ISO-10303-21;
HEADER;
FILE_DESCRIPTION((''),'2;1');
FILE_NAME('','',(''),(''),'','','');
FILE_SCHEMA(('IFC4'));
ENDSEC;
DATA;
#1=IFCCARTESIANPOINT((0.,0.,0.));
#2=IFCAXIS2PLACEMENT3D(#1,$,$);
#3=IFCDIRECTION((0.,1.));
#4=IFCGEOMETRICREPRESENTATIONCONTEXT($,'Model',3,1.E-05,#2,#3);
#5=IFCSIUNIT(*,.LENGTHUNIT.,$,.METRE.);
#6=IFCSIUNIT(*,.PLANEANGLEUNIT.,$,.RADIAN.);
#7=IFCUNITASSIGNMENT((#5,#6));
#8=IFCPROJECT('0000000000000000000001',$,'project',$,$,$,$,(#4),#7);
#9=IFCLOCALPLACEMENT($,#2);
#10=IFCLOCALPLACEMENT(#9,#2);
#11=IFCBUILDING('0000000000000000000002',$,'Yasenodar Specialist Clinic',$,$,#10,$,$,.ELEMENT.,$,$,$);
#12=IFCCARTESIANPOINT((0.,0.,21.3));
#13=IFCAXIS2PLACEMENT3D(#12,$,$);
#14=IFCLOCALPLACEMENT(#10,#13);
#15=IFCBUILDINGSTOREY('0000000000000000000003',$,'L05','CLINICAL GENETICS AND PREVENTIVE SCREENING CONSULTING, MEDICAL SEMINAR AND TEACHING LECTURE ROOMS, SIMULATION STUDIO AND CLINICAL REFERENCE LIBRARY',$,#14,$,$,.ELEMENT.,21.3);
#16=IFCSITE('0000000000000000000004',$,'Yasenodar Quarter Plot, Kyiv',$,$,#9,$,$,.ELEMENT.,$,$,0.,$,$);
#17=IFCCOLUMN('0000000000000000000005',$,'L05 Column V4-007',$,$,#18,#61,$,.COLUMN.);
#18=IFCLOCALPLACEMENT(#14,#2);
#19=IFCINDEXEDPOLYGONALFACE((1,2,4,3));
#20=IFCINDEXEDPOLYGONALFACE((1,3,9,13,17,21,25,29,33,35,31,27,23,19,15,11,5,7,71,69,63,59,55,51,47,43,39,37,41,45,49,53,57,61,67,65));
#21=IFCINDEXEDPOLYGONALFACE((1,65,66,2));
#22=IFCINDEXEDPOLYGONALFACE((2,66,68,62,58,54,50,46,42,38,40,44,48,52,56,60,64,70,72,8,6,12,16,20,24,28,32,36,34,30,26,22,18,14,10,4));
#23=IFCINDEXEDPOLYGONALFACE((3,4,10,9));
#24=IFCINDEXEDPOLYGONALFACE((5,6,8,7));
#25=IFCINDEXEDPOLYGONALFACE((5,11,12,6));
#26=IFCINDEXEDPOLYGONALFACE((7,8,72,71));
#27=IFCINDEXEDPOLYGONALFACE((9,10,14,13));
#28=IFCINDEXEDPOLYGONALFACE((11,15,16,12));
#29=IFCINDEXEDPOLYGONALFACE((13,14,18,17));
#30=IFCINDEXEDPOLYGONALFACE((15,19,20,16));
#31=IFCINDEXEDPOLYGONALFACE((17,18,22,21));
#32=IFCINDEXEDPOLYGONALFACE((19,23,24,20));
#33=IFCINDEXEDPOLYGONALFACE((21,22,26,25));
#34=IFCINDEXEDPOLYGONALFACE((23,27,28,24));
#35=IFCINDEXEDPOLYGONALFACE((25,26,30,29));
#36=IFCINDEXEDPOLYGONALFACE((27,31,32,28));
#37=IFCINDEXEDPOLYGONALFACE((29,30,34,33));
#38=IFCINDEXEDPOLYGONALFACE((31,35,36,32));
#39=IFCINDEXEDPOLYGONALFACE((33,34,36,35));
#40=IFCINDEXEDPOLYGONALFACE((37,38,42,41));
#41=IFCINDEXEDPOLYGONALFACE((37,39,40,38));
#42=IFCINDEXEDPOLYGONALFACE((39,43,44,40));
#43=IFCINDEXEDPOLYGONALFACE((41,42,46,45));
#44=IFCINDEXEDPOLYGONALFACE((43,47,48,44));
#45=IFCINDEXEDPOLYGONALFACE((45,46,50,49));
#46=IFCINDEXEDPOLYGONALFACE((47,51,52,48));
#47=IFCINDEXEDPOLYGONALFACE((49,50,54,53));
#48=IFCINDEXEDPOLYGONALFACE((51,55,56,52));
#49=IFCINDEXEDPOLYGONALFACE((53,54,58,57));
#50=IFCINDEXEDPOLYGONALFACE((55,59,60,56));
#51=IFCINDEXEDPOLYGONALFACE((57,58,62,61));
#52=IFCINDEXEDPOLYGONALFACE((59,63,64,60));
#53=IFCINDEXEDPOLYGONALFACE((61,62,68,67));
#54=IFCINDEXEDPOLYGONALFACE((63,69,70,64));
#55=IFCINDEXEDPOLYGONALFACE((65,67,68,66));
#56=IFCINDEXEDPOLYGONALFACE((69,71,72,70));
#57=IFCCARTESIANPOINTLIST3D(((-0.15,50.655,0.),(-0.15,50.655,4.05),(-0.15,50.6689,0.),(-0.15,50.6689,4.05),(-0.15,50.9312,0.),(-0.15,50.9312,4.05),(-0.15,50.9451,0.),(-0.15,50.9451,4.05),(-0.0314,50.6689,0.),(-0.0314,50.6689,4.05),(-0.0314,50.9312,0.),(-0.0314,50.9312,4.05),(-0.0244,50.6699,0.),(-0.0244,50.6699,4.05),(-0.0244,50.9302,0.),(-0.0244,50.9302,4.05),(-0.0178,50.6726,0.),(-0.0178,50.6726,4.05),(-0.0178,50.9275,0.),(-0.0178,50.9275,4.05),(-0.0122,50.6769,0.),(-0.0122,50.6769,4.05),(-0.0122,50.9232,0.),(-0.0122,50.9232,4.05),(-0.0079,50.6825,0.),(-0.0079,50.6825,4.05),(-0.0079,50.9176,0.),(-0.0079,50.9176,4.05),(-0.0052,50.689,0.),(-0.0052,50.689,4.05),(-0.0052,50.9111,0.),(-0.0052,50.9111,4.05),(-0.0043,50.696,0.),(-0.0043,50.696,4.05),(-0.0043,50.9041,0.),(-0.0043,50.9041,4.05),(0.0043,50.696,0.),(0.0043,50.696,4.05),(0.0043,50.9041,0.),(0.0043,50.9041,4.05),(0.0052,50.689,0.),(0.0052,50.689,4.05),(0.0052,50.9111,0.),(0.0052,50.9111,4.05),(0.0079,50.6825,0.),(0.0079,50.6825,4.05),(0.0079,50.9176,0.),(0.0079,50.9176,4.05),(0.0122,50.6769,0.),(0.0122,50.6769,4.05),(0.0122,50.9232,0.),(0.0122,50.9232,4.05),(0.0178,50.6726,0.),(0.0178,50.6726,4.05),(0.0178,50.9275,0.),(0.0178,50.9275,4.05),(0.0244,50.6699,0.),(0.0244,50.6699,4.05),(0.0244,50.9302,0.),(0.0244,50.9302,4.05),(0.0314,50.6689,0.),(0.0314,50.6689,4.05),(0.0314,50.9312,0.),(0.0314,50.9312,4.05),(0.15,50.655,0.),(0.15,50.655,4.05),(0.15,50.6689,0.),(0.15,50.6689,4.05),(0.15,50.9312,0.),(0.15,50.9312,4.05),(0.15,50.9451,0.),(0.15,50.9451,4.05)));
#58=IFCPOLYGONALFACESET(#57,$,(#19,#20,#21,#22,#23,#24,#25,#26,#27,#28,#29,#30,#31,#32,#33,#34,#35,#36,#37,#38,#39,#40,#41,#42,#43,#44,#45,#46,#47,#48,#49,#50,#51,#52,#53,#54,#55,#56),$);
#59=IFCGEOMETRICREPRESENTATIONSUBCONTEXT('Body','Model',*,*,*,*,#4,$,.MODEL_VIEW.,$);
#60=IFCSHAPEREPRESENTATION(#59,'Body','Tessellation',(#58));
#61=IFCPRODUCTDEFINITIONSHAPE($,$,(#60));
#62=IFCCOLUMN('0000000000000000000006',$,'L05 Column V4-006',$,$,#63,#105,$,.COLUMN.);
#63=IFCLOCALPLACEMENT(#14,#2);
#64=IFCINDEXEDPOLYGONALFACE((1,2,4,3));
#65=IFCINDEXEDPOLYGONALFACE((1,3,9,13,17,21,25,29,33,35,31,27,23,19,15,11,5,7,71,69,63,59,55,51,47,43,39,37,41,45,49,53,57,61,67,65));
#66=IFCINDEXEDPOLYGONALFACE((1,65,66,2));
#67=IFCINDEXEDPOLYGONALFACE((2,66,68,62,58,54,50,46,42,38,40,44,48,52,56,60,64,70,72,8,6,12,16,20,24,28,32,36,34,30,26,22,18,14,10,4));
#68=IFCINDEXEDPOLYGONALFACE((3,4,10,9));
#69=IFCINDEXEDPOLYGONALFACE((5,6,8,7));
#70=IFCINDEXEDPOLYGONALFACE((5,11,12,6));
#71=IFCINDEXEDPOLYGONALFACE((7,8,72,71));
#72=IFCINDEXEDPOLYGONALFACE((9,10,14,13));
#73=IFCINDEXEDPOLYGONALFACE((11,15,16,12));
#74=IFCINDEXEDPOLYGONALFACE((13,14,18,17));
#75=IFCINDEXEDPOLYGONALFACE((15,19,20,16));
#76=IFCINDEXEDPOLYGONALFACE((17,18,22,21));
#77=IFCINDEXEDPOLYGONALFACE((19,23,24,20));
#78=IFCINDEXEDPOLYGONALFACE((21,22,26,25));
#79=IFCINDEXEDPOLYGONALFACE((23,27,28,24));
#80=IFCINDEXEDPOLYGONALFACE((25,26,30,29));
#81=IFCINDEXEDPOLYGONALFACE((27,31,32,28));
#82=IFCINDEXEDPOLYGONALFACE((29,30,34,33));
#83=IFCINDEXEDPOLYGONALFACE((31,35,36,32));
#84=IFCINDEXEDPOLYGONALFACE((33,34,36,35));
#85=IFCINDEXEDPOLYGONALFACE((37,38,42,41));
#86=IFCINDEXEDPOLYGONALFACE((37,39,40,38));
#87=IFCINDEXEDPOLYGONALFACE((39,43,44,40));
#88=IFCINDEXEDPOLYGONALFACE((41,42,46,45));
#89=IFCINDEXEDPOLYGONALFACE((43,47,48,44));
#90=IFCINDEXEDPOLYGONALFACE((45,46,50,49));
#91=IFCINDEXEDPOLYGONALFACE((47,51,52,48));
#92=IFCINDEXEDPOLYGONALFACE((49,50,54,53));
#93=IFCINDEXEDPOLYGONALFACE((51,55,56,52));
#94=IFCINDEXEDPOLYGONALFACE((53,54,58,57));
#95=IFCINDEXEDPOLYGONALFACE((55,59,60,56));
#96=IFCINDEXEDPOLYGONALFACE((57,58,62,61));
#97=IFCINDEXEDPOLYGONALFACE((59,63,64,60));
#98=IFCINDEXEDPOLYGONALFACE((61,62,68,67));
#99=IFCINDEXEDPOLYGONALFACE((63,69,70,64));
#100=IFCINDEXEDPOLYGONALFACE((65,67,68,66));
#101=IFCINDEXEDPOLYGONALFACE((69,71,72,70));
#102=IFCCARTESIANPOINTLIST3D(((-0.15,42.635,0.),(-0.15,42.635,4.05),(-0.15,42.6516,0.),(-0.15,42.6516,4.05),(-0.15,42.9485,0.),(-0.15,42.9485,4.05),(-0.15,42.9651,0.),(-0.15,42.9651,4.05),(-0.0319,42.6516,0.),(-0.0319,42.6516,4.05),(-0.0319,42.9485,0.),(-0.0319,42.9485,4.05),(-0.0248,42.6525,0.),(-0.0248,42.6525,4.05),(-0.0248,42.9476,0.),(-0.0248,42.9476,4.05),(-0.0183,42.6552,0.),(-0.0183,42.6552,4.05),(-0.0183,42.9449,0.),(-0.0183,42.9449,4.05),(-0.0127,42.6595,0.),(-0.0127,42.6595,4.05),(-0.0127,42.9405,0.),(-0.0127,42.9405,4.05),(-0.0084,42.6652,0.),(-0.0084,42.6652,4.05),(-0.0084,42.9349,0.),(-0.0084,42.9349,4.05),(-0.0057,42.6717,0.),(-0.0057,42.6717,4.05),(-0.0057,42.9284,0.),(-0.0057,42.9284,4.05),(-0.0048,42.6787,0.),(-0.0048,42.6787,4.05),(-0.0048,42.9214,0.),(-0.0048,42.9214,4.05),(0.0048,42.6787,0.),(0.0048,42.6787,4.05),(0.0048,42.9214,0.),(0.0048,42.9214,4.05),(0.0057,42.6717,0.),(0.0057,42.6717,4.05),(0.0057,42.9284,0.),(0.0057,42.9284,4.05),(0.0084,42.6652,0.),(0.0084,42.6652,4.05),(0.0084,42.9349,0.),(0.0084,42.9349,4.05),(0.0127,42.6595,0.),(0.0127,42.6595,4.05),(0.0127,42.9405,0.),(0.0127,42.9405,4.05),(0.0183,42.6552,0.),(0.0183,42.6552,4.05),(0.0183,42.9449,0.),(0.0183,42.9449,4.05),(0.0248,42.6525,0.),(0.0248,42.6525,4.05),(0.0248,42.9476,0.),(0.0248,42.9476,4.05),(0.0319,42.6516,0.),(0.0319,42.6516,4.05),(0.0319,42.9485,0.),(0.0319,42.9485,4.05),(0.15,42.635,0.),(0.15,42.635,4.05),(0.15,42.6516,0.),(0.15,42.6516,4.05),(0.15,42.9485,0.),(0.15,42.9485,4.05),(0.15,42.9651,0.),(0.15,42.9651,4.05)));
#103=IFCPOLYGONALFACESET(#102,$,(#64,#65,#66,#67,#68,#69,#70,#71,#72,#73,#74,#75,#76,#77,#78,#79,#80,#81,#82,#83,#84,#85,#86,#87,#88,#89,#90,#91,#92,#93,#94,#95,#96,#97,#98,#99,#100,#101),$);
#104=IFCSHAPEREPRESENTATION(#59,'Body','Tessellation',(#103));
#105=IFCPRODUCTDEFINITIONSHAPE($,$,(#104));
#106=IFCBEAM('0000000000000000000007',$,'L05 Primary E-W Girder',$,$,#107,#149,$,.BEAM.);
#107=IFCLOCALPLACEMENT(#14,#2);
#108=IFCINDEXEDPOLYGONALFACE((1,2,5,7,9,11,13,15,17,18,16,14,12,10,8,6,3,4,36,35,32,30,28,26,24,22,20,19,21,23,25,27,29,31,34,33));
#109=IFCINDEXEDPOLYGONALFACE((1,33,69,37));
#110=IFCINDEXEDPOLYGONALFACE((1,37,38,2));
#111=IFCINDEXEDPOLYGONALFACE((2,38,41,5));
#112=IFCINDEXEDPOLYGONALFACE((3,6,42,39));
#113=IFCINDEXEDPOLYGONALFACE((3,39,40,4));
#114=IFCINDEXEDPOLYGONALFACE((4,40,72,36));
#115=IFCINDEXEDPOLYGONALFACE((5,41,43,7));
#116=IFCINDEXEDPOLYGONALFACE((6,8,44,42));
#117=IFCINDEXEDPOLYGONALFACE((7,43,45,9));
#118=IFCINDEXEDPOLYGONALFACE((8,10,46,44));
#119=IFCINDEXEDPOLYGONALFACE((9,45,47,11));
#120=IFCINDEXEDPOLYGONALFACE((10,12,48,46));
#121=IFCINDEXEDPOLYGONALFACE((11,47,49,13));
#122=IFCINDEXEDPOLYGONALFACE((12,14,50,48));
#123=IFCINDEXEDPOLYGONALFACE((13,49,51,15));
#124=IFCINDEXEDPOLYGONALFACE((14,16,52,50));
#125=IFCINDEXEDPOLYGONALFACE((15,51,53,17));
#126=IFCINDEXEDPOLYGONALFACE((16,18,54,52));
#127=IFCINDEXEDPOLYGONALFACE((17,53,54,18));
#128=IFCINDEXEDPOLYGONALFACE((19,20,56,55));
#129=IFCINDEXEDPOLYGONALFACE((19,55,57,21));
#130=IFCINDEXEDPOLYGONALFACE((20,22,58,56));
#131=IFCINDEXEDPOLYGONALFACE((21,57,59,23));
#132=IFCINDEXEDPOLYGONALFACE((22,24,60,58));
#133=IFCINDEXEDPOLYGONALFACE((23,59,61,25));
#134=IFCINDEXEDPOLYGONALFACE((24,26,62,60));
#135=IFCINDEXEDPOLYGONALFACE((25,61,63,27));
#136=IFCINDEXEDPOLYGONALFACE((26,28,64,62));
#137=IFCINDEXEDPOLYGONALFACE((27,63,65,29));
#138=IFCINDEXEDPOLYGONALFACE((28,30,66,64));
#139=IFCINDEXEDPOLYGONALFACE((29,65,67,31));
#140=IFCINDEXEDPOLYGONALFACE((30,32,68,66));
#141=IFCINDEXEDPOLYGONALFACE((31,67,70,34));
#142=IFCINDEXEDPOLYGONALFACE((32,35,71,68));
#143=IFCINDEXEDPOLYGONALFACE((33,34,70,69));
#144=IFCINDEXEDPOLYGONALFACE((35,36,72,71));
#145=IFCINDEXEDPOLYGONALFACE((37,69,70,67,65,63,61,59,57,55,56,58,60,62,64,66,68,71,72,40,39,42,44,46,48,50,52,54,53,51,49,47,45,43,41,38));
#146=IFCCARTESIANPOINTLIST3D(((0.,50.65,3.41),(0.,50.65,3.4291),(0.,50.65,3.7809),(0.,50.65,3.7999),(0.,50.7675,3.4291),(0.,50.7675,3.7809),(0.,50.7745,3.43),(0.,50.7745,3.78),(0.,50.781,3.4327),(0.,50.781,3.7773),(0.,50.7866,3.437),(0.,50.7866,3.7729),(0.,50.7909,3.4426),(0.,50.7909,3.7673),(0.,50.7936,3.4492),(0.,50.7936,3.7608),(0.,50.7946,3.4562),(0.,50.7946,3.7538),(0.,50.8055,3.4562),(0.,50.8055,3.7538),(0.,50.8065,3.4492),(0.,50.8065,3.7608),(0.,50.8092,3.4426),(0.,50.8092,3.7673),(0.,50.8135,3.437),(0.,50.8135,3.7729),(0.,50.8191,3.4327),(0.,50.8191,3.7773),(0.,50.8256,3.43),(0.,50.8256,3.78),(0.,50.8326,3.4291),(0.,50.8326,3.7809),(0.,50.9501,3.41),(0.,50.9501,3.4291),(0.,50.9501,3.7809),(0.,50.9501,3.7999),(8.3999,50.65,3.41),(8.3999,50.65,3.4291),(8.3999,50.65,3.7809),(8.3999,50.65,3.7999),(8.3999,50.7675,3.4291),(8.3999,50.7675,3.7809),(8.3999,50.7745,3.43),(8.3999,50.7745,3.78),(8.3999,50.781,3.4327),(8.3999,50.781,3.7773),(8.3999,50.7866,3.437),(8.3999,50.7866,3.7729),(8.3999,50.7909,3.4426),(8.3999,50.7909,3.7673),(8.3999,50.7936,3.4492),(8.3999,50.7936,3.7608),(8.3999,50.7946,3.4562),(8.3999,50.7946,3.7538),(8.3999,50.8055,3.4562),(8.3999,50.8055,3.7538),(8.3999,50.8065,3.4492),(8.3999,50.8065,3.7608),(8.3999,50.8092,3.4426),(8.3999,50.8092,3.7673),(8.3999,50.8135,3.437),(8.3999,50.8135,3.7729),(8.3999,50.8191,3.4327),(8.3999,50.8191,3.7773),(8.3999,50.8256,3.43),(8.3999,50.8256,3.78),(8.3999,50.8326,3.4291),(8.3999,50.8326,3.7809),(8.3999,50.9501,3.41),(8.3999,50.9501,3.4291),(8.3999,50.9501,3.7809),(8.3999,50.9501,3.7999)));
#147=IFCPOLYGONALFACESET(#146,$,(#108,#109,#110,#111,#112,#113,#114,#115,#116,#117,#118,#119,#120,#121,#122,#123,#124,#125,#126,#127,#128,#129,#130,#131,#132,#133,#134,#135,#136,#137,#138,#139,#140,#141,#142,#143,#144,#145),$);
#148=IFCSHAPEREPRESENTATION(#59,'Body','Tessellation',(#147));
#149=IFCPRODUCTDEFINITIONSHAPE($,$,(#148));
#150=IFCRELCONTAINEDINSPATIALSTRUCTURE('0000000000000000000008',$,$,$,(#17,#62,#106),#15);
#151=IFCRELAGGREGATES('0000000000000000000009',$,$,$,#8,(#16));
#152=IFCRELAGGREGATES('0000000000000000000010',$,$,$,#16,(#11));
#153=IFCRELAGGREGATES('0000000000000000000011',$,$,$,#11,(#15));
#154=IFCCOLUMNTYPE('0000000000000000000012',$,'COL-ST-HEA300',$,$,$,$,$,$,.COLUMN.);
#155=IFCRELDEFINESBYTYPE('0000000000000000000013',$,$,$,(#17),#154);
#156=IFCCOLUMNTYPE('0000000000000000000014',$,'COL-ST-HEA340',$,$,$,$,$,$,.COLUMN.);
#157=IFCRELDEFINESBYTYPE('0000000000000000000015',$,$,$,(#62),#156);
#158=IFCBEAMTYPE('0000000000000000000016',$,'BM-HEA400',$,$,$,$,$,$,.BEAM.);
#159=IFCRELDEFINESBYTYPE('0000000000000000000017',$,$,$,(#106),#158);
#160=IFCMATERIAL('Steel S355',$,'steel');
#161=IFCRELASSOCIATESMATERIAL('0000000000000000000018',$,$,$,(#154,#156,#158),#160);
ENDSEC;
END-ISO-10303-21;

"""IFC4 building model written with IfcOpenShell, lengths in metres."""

from ifc_helpers import new_model, si_unit, direction, frame, origin, origin_2d, place, context, subcontext, project, spatial, i_section, extrude, material, material_profile, profile_set, type_object, element, save


model = new_model("IFC4")

# Units and contexts
model_context = context("Model", 3, precision=1e-05, world=origin(), true_north=direction((0.0, 1.0)))
body_context = subcontext(model_context, "Body", "Model", "MODEL_VIEW")
ifc_project = project(units=[si_unit("LENGTHUNIT", "METRE"), si_unit("PLANEANGLEUNIT", "RADIAN")], contexts=[model_context])

# Site, building, storey
site_placement = place(None, origin())
site = spatial("IfcSite", under=ifc_project, at=site_placement, Name="Yasenodar Quarter Plot, Kyiv", CompositionType="ELEMENT", RefElevation=0.0)
building_placement = place(site_placement, origin())
building = spatial("IfcBuilding", under=site, at=building_placement, Name="Yasenodar Specialist Clinic", CompositionType="ELEMENT")
storey_placement = place(building_placement, frame((0.0, 0.0, 21.3)))
storey = spatial("IfcBuildingStorey", under=building, at=storey_placement, Name="L05", Description="CLINICAL GENETICS AND PREVENTIVE SCREENING CONSULTING, MEDICAL SEMINAR AND TEACHING LECTURE ROOMS, SIMULATION STUDIO AND CLINICAL REFERENCE LIBRARY", CompositionType="ELEMENT", Elevation=21.3)

# Columns
ifc_material_1 = material(Name="Steel S355", Category="steel")
ifc_material_profile_1 = material_profile(ifc_material_1, i_section(OverallWidth=0.3, OverallDepth=0.29, WebThickness=0.0085, FlangeThickness=0.0139, FilletRadius=0.0271, at=origin_2d()), Name="HEA 300")
ifc_profile_set_1 = profile_set([ifc_material_profile_1], Name="Steel S355")
column_type_1 = type_object("IfcColumnType", Name="COL-ST-HEA300", PredefinedType="COLUMN", material=ifc_profile_set_1)
column_1_placement = place(storey_placement, frame((0.0, 50.8, 0.0), z_axis=(0.0, 0.0, 1.0), x_axis=(1.0, 0.0, 0.0)))
element("IfcColumn", 1, at=column_1_placement, inside=storey, type_object=column_type_1, Name="L05 Column V4-007", PredefinedType="COLUMN", context=body_context, shape_type="SweptSolid", body=[
    extrude(i_section(OverallWidth=0.3, OverallDepth=0.29, WebThickness=0.0085, FlangeThickness=0.0139, FilletRadius=0.0271, at=origin_2d()), origin(), (0.0, 0.0, 1.0), 4.05),
])
ifc_material_profile_2 = material_profile(ifc_material_1, i_section(OverallWidth=0.3, OverallDepth=0.3301, WebThickness=0.0095, FlangeThickness=0.0166, FilletRadius=0.0271, at=origin_2d()), Name="HEA 340")
ifc_profile_set_2 = profile_set([ifc_material_profile_2], Name="Steel S355")
column_type_2 = type_object("IfcColumnType", Name="COL-ST-HEA340", PredefinedType="COLUMN", material=ifc_profile_set_2)
column_2_placement = place(storey_placement, frame((0.0, 42.8, 0.0), z_axis=(0.0, 0.0, 1.0), x_axis=(1.0, 0.0, 0.0)))
element("IfcColumn", 2, at=column_2_placement, inside=storey, type_object=column_type_2, Name="L05 Column V4-006", PredefinedType="COLUMN", context=body_context, shape_type="SweptSolid", body=[
    extrude(i_section(OverallWidth=0.3, OverallDepth=0.3301, WebThickness=0.0095, FlangeThickness=0.0166, FilletRadius=0.0271, at=origin_2d()), origin(), (0.0, 0.0, 1.0), 4.05),
])

# Beam
ifc_material_profile_3 = material_profile(ifc_material_1, i_section(OverallWidth=0.3, OverallDepth=0.3899, WebThickness=0.011, FlangeThickness=0.019, FilletRadius=0.0271, at=origin_2d()), Name="HEA 400")
ifc_profile_set_3 = profile_set([ifc_material_profile_3], Name="Steel S355")
beam_type_1 = type_object("IfcBeamType", Name="BM-HEA400", PredefinedType="BEAM", material=ifc_profile_set_3)
beam_1_placement = place(storey_placement, frame((0.0, 50.8, 3.605), z_axis=(1.0, 0.0, 0.0), x_axis=(0.0, 1.0, 0.0)))
element("IfcBeam", 3, at=beam_1_placement, inside=storey, type_object=beam_type_1, Name="L05 Primary E-W Girder", PredefinedType="BEAM", context=body_context, shape_type="SweptSolid", body=[
    extrude(i_section(OverallWidth=0.3, OverallDepth=0.3899, WebThickness=0.011, FlangeThickness=0.019, FilletRadius=0.0271, at=origin_2d()), origin(), (0.0, 0.0, 1.0), 8.3999),
])

save(model, "model.ifc")
